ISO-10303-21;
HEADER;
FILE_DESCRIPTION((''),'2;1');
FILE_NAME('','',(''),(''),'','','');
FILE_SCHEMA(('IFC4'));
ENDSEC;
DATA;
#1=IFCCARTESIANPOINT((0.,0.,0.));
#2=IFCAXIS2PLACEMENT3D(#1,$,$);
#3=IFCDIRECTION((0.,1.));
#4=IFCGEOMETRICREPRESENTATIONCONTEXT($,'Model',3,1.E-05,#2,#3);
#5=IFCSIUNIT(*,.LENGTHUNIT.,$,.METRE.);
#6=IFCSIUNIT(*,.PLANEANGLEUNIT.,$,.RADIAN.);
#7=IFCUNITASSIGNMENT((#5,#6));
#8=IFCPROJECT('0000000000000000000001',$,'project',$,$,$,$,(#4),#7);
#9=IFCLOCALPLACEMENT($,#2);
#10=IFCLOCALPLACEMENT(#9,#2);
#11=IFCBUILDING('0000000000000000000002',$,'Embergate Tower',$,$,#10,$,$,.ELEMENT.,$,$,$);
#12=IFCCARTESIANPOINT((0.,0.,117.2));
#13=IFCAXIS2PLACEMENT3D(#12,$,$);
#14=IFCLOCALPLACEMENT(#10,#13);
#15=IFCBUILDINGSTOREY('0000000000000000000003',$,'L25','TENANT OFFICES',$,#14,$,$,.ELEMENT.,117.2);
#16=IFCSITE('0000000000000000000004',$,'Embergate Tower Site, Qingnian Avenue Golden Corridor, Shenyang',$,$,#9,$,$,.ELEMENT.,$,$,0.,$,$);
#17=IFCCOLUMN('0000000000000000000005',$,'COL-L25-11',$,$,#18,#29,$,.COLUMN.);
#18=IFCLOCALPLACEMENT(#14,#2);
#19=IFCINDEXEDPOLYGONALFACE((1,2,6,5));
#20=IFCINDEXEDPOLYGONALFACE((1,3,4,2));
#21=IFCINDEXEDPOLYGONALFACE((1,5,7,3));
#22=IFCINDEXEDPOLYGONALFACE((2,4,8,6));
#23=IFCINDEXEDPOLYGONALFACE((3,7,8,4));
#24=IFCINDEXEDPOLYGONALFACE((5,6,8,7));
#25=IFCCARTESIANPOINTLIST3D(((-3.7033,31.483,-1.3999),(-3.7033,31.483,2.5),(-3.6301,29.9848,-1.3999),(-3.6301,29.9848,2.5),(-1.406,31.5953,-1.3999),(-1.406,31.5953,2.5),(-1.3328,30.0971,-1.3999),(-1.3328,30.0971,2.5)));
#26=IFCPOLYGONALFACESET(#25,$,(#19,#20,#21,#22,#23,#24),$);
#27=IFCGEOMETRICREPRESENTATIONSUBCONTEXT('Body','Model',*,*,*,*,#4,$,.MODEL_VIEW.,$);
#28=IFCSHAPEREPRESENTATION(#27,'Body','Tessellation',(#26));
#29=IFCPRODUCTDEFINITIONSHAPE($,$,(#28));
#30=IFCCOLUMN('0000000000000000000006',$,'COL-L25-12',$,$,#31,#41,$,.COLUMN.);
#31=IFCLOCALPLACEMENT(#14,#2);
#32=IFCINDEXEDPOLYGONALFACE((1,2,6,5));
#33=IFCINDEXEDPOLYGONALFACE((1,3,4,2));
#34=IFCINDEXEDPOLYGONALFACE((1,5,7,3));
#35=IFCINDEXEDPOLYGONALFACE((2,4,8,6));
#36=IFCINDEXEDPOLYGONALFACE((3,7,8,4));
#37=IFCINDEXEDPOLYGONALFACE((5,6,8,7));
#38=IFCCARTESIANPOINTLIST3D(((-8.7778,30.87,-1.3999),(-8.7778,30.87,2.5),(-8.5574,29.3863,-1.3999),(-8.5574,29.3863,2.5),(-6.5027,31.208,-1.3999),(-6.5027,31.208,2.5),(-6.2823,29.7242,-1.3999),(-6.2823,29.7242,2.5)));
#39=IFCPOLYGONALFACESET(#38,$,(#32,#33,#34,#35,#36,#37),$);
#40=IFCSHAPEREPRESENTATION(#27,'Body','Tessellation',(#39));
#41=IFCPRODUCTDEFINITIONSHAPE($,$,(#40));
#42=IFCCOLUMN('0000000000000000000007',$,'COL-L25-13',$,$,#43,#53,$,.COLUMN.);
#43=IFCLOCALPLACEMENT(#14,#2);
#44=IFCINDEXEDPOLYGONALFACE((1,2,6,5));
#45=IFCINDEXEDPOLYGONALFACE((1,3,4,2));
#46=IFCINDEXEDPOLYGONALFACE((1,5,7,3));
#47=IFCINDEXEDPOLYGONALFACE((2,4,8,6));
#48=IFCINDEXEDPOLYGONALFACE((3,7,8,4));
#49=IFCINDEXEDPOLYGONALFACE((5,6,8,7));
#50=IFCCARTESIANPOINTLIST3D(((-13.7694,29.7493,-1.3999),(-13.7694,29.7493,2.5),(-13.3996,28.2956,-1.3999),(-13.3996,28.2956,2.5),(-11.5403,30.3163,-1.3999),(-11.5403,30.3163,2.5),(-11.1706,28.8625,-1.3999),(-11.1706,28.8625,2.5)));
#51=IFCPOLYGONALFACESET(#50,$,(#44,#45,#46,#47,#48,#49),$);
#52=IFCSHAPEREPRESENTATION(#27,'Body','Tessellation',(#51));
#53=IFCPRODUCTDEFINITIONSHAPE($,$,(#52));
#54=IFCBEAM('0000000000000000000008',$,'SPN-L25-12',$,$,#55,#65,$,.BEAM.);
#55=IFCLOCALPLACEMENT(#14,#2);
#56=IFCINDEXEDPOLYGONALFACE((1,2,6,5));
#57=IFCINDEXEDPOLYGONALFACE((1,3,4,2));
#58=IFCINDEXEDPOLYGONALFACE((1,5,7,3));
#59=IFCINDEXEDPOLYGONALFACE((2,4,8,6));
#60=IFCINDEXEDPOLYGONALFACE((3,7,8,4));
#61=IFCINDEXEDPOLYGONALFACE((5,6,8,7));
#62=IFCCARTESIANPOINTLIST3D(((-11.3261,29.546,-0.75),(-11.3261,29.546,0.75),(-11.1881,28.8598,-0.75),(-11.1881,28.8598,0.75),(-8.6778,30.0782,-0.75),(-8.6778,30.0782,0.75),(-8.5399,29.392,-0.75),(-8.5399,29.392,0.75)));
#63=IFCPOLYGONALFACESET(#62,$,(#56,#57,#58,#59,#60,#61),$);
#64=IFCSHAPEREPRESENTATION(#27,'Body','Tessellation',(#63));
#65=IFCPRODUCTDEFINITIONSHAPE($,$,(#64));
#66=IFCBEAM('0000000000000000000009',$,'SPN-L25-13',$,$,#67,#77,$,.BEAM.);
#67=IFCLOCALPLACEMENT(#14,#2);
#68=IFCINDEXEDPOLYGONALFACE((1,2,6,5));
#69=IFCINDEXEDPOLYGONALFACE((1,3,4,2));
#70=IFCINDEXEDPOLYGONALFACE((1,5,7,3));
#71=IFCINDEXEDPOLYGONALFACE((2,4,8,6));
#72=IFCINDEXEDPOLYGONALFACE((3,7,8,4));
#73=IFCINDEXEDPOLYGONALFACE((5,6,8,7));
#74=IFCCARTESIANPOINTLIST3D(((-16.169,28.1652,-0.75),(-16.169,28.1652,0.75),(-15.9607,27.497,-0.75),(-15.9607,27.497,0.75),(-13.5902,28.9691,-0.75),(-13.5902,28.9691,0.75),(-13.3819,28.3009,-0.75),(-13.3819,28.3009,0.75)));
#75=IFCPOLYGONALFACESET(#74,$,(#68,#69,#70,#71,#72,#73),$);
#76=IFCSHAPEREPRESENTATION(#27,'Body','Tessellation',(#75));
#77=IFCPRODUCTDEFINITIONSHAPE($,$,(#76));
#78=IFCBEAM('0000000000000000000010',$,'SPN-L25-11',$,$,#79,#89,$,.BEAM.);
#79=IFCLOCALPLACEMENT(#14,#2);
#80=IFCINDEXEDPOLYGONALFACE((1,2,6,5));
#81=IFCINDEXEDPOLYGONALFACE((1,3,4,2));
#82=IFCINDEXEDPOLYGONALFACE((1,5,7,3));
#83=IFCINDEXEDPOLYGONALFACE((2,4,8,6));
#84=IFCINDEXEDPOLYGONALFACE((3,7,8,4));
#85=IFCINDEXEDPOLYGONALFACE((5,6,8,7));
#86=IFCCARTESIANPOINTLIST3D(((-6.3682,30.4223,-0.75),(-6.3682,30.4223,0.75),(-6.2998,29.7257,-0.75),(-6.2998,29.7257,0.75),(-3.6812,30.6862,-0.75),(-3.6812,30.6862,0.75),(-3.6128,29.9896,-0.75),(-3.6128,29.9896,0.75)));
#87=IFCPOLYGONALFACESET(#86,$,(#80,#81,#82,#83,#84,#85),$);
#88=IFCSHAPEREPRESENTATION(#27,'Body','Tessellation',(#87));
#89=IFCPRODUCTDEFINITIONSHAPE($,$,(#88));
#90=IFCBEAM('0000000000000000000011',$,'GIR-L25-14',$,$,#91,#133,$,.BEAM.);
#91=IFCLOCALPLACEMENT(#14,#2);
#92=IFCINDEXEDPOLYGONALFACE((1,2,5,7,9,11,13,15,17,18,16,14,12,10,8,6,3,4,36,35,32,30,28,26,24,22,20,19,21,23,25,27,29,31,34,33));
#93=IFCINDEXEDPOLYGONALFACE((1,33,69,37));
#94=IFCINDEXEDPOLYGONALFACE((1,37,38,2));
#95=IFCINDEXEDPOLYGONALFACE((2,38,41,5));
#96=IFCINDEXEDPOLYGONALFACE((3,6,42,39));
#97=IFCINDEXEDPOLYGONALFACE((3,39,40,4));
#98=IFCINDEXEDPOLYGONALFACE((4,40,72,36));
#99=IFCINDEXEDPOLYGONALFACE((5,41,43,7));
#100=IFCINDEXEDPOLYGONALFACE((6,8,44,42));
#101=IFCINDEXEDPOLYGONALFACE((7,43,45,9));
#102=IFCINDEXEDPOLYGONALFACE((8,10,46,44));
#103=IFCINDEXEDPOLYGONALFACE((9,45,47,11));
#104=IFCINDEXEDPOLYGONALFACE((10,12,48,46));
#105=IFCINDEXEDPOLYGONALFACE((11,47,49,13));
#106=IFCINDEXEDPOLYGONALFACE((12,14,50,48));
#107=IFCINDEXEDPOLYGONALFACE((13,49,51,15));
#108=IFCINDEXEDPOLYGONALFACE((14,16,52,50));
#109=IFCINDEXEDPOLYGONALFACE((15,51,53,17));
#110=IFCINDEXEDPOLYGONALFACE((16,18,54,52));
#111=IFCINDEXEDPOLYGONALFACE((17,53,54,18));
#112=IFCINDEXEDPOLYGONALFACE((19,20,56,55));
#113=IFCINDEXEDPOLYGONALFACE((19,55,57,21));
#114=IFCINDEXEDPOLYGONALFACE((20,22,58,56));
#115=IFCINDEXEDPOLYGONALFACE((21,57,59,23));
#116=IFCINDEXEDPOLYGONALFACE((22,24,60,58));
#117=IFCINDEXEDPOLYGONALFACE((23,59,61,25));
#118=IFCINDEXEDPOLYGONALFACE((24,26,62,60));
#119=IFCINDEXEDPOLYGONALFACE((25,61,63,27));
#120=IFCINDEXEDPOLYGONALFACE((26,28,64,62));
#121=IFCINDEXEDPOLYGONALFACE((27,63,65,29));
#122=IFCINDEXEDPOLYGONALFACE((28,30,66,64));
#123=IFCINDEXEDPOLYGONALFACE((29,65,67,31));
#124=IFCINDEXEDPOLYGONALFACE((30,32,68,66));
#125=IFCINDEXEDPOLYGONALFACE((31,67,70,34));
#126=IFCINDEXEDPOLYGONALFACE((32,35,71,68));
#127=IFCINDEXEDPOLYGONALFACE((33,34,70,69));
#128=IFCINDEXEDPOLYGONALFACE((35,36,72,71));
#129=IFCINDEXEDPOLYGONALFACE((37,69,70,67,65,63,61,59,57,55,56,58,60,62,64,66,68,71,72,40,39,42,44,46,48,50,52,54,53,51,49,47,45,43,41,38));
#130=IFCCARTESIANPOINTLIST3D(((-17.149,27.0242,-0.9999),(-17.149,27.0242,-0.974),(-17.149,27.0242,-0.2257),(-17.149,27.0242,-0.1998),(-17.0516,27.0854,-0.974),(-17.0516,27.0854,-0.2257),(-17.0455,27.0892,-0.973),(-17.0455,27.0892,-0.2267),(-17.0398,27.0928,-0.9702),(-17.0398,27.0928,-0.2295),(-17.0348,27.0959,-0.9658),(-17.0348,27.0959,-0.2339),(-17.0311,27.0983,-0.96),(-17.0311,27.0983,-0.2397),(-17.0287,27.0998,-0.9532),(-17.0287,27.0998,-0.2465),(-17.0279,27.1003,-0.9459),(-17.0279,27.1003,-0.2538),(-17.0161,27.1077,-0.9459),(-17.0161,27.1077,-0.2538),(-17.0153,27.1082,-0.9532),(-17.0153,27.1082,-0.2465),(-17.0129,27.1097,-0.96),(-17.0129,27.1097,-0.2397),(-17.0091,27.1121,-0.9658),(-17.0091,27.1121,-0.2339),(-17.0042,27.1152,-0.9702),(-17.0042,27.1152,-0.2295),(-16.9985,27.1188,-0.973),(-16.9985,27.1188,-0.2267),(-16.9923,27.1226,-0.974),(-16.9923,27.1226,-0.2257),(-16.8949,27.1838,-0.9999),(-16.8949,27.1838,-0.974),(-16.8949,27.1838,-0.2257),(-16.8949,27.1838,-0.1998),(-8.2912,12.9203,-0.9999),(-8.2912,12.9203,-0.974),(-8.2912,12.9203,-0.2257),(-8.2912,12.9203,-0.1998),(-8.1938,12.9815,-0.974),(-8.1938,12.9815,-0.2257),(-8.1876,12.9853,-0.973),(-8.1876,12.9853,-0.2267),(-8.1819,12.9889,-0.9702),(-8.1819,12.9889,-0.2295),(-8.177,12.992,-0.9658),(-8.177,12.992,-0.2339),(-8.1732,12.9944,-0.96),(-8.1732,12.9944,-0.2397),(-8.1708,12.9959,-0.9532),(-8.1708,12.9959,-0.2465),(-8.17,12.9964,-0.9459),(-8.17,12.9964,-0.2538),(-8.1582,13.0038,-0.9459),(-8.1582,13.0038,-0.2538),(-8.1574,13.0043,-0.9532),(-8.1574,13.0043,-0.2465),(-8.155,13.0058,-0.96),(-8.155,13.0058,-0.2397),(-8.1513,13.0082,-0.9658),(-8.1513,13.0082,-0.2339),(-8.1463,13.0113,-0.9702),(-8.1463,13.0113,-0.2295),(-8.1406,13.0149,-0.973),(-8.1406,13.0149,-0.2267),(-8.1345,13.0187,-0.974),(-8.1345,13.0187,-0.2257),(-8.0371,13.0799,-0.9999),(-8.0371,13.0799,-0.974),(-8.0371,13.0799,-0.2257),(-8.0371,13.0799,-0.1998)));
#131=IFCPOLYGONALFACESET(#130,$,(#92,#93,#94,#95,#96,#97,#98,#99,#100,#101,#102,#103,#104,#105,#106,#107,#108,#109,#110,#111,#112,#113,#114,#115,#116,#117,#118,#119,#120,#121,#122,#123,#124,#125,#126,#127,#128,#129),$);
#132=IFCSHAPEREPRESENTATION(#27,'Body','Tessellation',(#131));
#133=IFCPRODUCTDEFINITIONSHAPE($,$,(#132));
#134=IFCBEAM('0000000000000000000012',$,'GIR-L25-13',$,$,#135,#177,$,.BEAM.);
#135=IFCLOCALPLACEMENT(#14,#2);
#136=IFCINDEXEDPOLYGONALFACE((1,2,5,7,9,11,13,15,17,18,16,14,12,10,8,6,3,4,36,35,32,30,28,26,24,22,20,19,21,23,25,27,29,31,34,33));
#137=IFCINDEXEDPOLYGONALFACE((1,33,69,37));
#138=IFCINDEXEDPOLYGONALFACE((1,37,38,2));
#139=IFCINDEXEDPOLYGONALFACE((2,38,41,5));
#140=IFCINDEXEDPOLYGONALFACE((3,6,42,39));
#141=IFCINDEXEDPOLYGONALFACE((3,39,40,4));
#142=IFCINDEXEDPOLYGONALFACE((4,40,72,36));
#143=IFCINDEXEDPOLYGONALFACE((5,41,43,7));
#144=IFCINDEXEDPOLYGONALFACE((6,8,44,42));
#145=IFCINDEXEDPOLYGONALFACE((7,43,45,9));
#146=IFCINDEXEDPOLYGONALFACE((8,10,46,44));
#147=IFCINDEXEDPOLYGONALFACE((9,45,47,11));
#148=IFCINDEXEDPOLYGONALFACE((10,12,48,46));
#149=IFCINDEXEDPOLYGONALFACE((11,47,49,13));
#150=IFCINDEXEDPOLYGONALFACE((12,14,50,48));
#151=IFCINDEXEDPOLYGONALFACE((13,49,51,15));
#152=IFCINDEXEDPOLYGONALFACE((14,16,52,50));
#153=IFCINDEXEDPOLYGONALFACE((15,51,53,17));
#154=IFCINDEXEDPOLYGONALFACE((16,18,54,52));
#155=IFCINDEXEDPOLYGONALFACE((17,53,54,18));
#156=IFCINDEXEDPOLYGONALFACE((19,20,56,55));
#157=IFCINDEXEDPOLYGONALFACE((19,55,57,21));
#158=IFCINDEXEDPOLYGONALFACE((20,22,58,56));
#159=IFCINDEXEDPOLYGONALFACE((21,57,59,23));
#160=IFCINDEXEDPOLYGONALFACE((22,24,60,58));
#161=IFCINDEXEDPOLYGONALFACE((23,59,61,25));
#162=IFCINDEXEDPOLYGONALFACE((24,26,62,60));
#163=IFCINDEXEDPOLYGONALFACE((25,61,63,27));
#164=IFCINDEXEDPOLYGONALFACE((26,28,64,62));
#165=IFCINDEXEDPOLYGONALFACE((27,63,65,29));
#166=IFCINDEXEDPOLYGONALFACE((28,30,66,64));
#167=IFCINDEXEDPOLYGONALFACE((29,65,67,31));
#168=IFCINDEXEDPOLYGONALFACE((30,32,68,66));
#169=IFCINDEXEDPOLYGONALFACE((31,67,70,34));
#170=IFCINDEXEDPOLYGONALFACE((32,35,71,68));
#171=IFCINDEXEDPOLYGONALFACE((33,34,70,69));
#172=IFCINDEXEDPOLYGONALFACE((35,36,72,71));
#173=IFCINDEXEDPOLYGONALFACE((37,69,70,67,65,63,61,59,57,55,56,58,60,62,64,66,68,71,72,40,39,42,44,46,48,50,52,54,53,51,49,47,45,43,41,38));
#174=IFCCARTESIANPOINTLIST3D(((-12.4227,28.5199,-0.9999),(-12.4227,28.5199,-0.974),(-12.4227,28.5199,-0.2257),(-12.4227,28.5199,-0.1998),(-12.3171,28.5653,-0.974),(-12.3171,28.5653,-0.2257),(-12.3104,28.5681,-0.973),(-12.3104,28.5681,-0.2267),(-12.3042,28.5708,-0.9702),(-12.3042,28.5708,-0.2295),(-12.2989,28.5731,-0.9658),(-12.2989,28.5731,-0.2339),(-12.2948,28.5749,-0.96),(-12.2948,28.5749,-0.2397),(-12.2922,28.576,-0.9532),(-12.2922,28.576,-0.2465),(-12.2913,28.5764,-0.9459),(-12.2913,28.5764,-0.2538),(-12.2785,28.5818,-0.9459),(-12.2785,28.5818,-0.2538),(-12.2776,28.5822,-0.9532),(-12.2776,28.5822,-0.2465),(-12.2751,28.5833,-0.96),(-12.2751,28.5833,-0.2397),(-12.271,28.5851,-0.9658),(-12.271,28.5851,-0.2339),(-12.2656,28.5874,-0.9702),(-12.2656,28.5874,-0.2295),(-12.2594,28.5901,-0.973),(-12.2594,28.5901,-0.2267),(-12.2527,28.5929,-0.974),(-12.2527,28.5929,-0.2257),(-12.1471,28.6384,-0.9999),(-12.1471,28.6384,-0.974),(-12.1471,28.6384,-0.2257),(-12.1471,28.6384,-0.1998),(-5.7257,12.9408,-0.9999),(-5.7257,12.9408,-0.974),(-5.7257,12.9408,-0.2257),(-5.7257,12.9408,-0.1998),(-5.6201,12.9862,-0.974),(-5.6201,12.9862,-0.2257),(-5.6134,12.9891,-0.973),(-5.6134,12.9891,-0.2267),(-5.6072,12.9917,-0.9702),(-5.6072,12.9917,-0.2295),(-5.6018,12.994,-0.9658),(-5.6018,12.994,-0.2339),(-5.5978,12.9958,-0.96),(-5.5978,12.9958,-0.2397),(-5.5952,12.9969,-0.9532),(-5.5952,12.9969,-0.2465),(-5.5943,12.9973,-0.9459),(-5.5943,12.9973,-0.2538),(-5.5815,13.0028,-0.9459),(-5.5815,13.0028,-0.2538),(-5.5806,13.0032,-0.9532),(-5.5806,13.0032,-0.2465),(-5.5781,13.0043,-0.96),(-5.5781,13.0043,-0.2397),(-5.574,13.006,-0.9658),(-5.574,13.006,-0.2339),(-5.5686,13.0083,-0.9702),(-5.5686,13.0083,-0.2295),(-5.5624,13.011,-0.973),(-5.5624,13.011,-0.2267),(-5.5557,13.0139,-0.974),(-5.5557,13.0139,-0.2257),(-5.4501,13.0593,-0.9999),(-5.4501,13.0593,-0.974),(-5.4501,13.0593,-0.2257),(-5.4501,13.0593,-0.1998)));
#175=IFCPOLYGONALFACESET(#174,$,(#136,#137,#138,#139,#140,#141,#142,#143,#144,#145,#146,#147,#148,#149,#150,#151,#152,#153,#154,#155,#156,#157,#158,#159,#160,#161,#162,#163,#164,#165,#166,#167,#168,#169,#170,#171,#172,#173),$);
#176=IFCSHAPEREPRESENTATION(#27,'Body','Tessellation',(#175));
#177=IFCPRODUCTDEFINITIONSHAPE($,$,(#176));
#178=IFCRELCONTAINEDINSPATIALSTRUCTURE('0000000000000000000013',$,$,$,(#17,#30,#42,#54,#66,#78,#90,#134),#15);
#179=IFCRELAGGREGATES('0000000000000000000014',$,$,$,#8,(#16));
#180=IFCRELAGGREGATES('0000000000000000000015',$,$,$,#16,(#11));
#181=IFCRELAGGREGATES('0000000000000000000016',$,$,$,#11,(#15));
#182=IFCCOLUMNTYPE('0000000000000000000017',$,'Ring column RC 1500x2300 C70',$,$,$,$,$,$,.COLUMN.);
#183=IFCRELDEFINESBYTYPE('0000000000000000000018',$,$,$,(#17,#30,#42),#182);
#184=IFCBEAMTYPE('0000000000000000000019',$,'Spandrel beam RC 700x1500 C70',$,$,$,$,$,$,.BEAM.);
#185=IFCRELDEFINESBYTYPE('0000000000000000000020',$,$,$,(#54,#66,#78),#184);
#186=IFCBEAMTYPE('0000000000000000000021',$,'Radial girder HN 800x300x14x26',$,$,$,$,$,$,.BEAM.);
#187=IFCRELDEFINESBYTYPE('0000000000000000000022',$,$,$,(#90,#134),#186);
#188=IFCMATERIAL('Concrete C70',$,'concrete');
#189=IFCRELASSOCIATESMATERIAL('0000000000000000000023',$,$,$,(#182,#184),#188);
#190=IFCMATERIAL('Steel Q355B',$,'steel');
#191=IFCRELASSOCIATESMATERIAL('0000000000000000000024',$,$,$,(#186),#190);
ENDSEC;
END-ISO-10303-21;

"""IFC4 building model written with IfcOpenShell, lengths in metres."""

from ifc_helpers import new_model, si_unit, direction, frame, origin, origin_2d, place, context, subcontext, project, spatial, rectangle, i_section, extrude, source, transform, mapped, material, material_profile, profile_set, type_object, element, save


model = new_model("IFC4")

# Units and contexts
model_context = context("Model", 3, precision=1e-05, world=origin(), true_north=direction((0.0, 1.0)))
body_context = subcontext(model_context, "Body", "Model", "MODEL_VIEW")
ifc_project = project(units=[si_unit("LENGTHUNIT", "METRE"), si_unit("PLANEANGLEUNIT", "RADIAN")], contexts=[model_context])

# Site, building, storey
site_placement = place(None, origin())
site = spatial("IfcSite", under=ifc_project, at=site_placement, Name="Embergate Tower Site, Qingnian Avenue Golden Corridor, Shenyang", CompositionType="ELEMENT", RefElevation=0.0)
building_placement = place(site_placement, origin())
building = spatial("IfcBuilding", under=site, at=building_placement, Name="Embergate Tower", CompositionType="ELEMENT")
storey_placement = place(building_placement, frame((0.0, 0.0, 117.2)))
storey = spatial("IfcBuildingStorey", under=building, at=storey_placement, Name="L25", Description="TENANT OFFICES", CompositionType="ELEMENT", Elevation=117.2)

# Columns
ifc_material_1 = material(Name="Concrete C70", Category="concrete")
ifc_material_profile_1 = material_profile(ifc_material_1, rectangle(XDim=1.5, YDim=2.3, at=origin_2d()), Name="RC 1500x2300")
ifc_profile_set_1 = profile_set([ifc_material_profile_1], Name="Concrete C70")
column_type = type_object("IfcColumnType", Name="Ring column RC 1500x2300 C70", PredefinedType="COLUMN", material=ifc_profile_set_1)
shared_shape_1 = source(origin(), body_context, "Body", "SweptSolid", [
    extrude(rectangle(XDim=1.5, YDim=2.3, at=origin_2d()), origin(), (0.0, 0.0, 1.0), 3.8999),
])
for number, where, z_axis, x_axis, name in (
    (1, (-2.5181, 30.79, -1.3999), (0.0, 0.0, 1.0), (-0.048815, 0.998808, 0.0), "COL-L25-11"),
    (2, (-7.53, 30.2971, -1.3999), (0.0, 0.0, 1.0), (-0.146929, 0.989147, 0.0), "COL-L25-12"),
    (3, (-12.47, 29.3059, -1.3999), (0.0, 0.0, 1.0), (-0.246509, 0.969141, 0.0), "COL-L25-13"),
):
    element("IfcColumn", number, at=place(storey_placement, frame(where, z_axis=z_axis, x_axis=x_axis)), inside=storey, type_object=column_type, Name=name, PredefinedType="COLUMN", context=body_context, shape_type="MappedRepresentation", body=[
        mapped(shared_shape_1, transform((0.0, 0.0, 0.0))),
    ])

# Beams
ifc_material_profile_2 = material_profile(ifc_material_1, rectangle(XDim=0.7, YDim=1.5, at=origin_2d()), Name="RC 700x1500")
ifc_profile_set_2 = profile_set([ifc_material_profile_2], Name="Concrete C70")
beam_type_1 = type_object("IfcBeamType", Name="Spandrel beam RC 700x1500 C70", PredefinedType="BEAM", material=ifc_profile_set_2)
shared_shape_2 = source(origin(), body_context, "Body", "SweptSolid", [
    extrude(rectangle(XDim=0.7, YDim=1.5, at=origin_2d()), origin(), (0.0, 0.0, 1.0), 2.7012),
])
for number, where, z_axis, x_axis, name in (
    (4, (-8.6089, 29.7351, 0.0), (-0.980396, -0.197037, 0.0), (0.197037, -0.980396, 0.0), "SPN-L25-12"),
    (5, (-13.4861, 28.635, 0.0), (-0.954684, -0.297621, 0.0), (0.297621, -0.954684, 0.0), "SPN-L25-13"),
):
    element("IfcBeam", number, at=place(storey_placement, frame(where, z_axis=z_axis, x_axis=x_axis)), inside=storey, type_object=beam_type_1, Name=name, PredefinedType="BEAM", context=body_context, shape_type="MappedRepresentation", body=[
        mapped(shared_shape_2, transform((0.0, 0.0, 0.0))),
    ])
shared_shape_3 = source(origin(), body_context, "Body", "SweptSolid", [
    extrude(rectangle(XDim=0.7, YDim=1.5, at=origin_2d()), origin(), (0.0, 0.0, 1.0), 2.7),
])
beam_1_placement = place(storey_placement, frame((-3.647, 30.3379, 0.0), z_axis=(-0.995211, -0.097749, 0.0), x_axis=(0.097749, -0.995211, 0.0)))
element("IfcBeam", 6, at=beam_1_placement, inside=storey, type_object=beam_type_1, Name="SPN-L25-11", PredefinedType="BEAM", context=body_context, shape_type="MappedRepresentation", body=[
    mapped(shared_shape_3, transform((0.0, 0.0, 0.0))),
])
ifc_material_2 = material(Name="Steel Q355B", Category="steel")
ifc_material_profile_3 = material_profile(ifc_material_2, i_section(OverallWidth=0.3, OverallDepth=0.8, WebThickness=0.0139, FlangeThickness=0.0259, FilletRadius=0.0281, at=origin_2d()), Name="HN 800x300x14x26")
ifc_profile_set_3 = profile_set([ifc_material_profile_3], Name="Steel Q355 grade B")
beam_type_2 = type_object("IfcBeamType", Name="Radial girder HN 800x300x14x26", PredefinedType="BEAM", material=ifc_profile_set_3)
shared_shape_4 = source(origin(), body_context, "Body", "SweptSolid", [
    extrude(i_section(OverallWidth=0.3, OverallDepth=0.8, WebThickness=0.0139, FlangeThickness=0.0259, FilletRadius=0.0281, at=origin_2d()), origin(), (0.0, 0.0, 1.0), 16.6548),
])
beam_2_placement = place(storey_placement, frame((-17.022, 27.104, -0.5999), z_axis=(0.53185, -0.846838, 0.0), x_axis=(0.846838, 0.53185, 0.0)))
element("IfcBeam", 7, at=beam_2_placement, inside=storey, type_object=beam_type_2, Name="GIR-L25-14", PredefinedType="BEAM", context=body_context, shape_type="MappedRepresentation", body=[
    mapped(shared_shape_4, transform((0.0, 0.0, 0.0))),
])
shared_shape_5 = source(origin(), body_context, "Body", "SweptSolid", [
    extrude(i_section(OverallWidth=0.3, OverallDepth=0.8, WebThickness=0.0139, FlangeThickness=0.0259, FilletRadius=0.0281, at=origin_2d()), origin(), (0.0, 0.0, 1.0), 16.9575),
])
beam_3_placement = place(storey_placement, frame((-12.2849, 28.5791, -0.5999), z_axis=(0.394929, -0.918712, 0.0), x_axis=(0.918712, 0.394929, 0.0)))
element("IfcBeam", 8, at=beam_3_placement, inside=storey, type_object=beam_type_2, Name="GIR-L25-13", PredefinedType="BEAM", context=body_context, shape_type="MappedRepresentation", body=[
    mapped(shared_shape_5, transform((0.0, 0.0, 0.0))),
])

save(model, "model.ifc")
